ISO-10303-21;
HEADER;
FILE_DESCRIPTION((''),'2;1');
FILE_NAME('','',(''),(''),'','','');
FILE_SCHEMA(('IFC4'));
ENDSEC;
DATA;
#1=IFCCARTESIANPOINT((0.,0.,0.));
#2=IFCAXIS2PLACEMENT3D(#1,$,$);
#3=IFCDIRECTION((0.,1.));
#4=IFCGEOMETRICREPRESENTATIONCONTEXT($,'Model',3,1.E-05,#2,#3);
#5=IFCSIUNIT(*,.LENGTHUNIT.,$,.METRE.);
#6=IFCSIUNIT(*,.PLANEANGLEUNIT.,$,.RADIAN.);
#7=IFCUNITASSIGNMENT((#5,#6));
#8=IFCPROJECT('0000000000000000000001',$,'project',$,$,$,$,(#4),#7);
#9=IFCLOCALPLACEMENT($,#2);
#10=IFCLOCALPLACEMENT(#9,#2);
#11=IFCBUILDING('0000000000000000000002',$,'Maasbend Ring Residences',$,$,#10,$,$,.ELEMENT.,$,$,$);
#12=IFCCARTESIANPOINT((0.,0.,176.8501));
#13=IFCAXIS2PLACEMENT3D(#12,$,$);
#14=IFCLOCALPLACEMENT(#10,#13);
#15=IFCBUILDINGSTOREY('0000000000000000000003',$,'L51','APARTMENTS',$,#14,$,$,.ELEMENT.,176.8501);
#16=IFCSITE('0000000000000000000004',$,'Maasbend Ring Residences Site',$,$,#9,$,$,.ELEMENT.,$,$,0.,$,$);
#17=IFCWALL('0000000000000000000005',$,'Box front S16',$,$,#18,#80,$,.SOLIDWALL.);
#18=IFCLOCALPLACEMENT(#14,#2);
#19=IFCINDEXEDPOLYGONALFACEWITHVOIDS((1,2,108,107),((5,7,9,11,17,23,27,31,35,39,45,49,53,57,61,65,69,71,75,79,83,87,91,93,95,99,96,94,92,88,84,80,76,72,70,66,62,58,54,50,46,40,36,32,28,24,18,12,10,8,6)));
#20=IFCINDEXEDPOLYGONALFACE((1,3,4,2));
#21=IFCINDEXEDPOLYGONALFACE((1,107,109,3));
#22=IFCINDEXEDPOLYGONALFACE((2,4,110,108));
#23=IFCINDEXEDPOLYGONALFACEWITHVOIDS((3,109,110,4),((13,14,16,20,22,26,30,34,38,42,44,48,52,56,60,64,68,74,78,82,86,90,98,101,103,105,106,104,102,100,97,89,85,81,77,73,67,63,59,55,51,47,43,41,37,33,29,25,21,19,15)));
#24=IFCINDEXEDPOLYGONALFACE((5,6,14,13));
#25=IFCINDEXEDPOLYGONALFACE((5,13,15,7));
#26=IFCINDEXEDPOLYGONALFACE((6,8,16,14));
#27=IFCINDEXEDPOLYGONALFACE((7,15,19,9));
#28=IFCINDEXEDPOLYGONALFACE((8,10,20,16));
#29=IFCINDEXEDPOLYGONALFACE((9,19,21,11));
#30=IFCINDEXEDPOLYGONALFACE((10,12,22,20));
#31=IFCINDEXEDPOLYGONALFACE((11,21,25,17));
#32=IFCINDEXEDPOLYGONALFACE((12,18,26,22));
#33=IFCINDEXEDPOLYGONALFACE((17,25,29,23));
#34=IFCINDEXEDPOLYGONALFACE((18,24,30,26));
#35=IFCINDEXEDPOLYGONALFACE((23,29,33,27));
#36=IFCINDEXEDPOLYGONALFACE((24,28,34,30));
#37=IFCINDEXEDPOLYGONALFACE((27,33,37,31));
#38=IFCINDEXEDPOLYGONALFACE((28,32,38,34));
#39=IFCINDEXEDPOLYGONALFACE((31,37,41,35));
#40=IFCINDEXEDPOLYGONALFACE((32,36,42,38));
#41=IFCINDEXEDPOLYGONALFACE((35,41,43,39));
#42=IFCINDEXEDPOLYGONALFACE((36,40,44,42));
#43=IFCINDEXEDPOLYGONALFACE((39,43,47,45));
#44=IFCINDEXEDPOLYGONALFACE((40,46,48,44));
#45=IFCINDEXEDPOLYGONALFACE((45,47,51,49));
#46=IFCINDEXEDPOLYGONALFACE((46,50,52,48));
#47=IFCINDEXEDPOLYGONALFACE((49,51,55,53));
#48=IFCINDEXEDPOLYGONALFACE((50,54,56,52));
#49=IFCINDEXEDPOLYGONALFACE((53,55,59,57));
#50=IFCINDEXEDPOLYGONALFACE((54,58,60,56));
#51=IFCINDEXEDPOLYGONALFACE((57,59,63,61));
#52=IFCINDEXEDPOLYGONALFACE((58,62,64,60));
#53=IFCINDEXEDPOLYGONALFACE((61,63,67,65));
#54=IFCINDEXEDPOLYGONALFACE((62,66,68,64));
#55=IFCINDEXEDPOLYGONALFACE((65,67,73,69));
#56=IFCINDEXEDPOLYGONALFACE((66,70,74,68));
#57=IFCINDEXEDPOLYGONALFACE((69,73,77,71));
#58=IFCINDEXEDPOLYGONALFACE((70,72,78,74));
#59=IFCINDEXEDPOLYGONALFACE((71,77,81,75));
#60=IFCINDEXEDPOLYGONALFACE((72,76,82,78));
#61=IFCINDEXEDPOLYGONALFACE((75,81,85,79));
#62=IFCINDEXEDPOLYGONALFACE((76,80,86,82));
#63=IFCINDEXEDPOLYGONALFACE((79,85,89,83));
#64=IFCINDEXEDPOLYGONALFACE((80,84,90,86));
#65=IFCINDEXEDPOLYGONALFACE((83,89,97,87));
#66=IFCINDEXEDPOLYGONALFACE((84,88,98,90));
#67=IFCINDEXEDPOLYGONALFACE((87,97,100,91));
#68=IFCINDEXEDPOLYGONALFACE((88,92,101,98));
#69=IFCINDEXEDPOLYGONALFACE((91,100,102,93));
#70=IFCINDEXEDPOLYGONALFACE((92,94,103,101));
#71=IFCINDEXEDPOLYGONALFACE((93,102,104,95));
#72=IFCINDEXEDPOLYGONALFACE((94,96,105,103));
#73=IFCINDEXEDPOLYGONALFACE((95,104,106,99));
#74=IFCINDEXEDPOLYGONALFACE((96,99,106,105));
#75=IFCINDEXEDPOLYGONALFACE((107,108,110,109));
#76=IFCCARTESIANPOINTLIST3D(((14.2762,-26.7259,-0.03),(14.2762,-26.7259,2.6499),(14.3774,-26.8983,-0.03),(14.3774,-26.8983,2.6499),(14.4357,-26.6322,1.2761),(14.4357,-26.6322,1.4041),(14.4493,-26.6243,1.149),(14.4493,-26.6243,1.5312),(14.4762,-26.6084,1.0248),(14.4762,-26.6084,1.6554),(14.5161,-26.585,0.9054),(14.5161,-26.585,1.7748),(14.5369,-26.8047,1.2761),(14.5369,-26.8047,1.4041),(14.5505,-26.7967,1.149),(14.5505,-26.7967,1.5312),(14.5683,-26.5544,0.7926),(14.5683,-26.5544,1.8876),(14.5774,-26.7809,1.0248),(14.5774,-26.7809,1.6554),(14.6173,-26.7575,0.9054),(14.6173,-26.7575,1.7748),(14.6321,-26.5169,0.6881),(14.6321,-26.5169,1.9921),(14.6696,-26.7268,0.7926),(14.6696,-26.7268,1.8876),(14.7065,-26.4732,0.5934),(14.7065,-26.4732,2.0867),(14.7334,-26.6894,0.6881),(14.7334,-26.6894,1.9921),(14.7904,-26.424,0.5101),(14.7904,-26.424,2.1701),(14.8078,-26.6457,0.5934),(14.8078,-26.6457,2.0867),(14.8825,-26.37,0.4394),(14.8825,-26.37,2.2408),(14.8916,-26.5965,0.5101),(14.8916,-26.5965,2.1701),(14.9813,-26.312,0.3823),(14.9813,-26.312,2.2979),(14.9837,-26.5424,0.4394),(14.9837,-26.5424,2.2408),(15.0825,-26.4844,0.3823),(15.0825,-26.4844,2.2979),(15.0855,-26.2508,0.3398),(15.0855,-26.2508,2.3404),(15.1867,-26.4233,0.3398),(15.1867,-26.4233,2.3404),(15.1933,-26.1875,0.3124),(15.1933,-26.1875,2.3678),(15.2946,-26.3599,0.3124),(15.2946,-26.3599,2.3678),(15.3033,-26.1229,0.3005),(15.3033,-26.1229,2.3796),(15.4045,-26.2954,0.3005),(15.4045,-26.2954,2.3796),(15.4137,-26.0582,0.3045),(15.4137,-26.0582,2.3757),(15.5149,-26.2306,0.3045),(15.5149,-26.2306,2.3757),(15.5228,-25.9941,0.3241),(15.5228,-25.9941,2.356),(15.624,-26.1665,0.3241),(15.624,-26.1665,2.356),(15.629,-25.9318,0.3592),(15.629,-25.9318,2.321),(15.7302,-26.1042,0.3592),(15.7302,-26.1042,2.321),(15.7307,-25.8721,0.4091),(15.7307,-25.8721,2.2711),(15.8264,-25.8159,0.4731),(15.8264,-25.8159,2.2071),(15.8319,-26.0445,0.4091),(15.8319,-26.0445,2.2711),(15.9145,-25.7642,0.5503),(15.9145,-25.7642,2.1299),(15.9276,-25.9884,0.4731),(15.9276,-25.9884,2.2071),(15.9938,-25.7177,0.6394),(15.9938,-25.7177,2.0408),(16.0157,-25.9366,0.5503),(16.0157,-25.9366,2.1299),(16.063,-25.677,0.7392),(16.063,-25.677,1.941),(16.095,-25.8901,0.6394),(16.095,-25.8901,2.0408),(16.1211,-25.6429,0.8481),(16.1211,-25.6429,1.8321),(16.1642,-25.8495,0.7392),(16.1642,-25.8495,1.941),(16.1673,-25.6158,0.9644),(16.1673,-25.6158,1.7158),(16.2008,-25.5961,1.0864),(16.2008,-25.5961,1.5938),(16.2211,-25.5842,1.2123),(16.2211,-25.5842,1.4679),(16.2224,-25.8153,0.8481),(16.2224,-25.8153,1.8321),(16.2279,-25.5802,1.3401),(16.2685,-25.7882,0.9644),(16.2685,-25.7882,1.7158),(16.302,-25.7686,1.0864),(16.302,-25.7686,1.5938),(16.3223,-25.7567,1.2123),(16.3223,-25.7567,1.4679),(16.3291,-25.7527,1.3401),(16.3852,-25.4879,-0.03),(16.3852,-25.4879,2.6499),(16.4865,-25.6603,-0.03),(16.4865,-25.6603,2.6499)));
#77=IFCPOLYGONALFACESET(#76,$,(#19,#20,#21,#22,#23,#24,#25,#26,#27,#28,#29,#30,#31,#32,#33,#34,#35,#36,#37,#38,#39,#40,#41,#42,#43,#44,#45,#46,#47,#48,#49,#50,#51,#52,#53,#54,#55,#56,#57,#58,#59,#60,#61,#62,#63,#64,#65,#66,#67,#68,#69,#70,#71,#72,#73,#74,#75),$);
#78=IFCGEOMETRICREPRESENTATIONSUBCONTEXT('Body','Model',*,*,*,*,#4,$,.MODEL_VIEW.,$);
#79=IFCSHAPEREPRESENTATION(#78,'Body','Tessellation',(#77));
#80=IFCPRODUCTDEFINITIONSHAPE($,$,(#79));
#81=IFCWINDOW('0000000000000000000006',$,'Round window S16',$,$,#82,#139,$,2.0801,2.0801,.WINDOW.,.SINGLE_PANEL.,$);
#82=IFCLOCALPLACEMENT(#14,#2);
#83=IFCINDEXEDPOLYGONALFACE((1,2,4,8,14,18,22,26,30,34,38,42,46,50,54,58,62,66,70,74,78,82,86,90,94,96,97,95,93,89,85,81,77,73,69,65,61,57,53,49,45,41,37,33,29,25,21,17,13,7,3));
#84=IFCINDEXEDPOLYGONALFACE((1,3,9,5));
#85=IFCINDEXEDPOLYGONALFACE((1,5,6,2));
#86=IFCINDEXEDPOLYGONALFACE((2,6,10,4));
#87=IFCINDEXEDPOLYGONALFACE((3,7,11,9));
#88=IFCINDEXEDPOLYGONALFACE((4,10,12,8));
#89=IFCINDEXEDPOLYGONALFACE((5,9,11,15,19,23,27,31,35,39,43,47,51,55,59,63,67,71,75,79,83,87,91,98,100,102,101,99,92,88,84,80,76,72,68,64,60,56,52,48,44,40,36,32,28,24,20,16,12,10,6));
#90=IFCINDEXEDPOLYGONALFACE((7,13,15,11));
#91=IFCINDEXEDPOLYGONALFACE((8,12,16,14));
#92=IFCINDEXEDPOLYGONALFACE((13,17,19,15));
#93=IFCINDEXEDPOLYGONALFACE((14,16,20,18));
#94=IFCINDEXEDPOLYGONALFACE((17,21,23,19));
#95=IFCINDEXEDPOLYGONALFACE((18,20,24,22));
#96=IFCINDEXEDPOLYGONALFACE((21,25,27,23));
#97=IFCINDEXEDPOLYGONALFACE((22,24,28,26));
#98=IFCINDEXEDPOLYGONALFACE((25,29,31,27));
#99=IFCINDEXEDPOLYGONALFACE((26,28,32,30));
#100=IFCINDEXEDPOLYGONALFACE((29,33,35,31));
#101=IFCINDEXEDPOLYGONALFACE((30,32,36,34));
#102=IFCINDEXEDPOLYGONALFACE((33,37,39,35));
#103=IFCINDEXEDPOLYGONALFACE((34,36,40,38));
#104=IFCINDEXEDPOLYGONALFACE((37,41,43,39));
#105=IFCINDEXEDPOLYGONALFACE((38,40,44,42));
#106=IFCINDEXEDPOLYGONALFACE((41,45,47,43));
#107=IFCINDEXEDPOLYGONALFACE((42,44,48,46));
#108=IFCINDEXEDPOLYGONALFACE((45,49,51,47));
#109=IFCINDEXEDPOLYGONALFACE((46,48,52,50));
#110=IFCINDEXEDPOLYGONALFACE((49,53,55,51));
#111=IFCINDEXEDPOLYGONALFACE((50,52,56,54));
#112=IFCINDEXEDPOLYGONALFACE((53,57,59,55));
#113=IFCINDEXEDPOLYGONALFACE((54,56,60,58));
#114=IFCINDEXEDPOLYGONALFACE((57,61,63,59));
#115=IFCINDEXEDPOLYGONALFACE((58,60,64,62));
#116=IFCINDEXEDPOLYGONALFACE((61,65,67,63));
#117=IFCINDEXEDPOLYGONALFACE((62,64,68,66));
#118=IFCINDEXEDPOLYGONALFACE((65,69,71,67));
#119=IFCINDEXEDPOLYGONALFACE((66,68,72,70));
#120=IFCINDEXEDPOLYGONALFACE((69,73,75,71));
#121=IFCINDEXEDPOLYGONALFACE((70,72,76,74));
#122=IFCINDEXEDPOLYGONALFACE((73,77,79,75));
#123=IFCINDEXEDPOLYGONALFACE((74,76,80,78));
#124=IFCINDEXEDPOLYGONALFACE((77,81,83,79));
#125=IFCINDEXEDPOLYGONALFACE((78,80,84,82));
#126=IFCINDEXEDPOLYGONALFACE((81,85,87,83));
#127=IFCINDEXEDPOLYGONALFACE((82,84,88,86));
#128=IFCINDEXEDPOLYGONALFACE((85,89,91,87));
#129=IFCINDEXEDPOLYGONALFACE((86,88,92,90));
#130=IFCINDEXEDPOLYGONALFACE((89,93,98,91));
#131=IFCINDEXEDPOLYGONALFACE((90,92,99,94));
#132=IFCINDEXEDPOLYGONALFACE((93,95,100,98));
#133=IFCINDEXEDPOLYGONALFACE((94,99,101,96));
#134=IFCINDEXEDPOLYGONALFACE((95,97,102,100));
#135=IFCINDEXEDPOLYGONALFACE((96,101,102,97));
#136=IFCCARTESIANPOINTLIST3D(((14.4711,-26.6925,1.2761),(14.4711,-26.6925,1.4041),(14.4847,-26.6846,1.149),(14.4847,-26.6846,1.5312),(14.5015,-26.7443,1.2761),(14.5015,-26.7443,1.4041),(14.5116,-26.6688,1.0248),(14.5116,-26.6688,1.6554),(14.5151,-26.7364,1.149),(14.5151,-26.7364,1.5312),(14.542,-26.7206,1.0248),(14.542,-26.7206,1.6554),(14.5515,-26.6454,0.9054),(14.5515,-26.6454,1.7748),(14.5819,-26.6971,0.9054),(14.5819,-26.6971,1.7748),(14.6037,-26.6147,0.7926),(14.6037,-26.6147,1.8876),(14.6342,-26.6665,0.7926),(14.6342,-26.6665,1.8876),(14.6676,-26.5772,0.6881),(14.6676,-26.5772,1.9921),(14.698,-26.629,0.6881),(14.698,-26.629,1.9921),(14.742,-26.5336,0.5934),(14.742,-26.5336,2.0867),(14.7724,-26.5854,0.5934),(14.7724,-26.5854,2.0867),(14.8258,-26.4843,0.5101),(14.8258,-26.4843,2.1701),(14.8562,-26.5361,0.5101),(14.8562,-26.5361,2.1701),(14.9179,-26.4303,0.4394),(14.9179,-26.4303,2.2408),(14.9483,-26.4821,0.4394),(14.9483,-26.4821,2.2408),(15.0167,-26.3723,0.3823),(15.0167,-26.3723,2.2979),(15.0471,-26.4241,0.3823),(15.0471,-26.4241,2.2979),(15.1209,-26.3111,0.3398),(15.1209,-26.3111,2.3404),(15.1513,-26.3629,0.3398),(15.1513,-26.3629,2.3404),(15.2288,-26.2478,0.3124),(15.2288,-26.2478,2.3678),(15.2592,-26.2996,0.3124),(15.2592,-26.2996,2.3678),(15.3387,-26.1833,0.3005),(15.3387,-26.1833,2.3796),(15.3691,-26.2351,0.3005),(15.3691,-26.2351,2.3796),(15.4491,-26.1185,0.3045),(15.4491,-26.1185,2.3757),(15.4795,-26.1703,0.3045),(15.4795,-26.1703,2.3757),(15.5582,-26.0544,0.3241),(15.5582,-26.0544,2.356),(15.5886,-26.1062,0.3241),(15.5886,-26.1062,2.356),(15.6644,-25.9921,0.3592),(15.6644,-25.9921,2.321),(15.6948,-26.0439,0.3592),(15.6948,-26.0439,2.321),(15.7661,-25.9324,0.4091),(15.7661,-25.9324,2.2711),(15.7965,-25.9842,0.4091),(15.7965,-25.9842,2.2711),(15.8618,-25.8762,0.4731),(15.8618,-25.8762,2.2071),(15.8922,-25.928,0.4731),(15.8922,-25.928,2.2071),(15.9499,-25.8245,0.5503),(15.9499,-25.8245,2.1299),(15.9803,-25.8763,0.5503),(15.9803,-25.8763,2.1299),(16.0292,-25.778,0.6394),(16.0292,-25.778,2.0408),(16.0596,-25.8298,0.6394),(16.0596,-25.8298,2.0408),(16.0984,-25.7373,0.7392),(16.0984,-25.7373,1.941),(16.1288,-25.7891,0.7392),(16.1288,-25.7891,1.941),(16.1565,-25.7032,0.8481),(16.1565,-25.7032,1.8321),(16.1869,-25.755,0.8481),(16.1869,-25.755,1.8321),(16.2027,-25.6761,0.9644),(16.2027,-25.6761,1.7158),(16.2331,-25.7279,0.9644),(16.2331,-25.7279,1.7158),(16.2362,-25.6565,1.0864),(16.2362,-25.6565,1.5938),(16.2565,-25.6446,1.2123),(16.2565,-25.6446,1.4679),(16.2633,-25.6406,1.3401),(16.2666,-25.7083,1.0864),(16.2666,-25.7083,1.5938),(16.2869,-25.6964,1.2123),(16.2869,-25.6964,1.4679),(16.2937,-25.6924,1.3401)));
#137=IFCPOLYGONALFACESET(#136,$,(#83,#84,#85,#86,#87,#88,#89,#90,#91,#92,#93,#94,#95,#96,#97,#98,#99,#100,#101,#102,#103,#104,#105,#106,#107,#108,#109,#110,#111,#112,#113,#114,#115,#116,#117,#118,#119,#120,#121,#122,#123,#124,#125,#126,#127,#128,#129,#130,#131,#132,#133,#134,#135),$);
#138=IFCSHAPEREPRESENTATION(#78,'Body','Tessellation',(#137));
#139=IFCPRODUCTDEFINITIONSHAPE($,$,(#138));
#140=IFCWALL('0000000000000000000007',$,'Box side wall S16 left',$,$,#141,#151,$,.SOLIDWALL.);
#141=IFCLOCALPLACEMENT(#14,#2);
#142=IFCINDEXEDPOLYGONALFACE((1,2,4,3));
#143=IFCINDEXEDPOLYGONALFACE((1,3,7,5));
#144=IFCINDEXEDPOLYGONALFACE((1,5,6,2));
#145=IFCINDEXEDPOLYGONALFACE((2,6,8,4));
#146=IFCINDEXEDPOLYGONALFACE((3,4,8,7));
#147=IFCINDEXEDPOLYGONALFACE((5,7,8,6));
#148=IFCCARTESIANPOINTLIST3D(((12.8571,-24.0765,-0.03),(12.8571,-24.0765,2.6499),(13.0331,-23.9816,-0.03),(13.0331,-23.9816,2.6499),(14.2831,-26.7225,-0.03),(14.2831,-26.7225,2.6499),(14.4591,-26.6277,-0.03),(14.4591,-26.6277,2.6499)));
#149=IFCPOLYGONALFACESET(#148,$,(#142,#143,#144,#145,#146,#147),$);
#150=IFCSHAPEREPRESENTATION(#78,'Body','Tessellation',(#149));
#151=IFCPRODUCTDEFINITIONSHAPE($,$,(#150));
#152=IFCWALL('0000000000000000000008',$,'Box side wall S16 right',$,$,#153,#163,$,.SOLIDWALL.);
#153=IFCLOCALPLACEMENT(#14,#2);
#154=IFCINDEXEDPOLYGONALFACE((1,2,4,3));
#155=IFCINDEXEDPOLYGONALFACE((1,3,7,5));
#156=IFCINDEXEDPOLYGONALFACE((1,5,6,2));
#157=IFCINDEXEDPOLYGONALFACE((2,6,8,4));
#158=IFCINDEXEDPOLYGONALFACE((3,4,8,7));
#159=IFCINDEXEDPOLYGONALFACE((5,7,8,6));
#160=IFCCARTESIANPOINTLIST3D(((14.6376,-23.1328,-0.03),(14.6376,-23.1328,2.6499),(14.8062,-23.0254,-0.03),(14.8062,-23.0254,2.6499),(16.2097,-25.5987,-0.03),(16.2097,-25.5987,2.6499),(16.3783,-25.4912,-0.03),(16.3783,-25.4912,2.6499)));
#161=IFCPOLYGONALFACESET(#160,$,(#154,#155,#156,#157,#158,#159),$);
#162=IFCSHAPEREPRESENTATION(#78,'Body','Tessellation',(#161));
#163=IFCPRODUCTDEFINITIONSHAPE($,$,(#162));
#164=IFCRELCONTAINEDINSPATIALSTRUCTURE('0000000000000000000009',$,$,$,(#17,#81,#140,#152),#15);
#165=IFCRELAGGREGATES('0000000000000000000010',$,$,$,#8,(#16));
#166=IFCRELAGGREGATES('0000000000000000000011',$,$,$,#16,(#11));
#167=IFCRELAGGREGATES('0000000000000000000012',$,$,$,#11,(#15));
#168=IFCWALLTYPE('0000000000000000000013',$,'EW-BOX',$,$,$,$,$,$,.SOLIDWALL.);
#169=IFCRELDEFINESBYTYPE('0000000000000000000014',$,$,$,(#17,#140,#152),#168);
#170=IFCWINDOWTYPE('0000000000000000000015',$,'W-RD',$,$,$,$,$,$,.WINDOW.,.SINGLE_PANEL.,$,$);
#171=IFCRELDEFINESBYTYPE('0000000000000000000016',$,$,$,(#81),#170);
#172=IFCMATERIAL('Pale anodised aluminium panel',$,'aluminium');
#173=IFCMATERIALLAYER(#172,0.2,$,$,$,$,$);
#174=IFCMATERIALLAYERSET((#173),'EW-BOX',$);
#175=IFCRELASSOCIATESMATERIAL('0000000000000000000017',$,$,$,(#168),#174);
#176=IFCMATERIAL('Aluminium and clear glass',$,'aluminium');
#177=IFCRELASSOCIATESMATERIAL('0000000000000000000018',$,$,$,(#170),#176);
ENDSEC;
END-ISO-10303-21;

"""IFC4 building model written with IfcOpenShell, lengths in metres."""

from ifc_helpers import new_model, si_unit, direction, frame, frame_2d, origin, place, context, subcontext, project, spatial, rectangle, circle, extrude, material, layer, layer_set, type_object, element, fill, save


model = new_model("IFC4")

# Units and contexts
model_context = context("Model", 3, precision=1e-05, world=origin(), true_north=direction((0.0, 1.0)))
body_context = subcontext(model_context, "Body", "Model", "MODEL_VIEW")
ifc_project = project(units=[si_unit("LENGTHUNIT", "METRE"), si_unit("PLANEANGLEUNIT", "RADIAN")], contexts=[model_context])

# Site, building, storey
site_placement = place(None, origin())
site = spatial("IfcSite", under=ifc_project, at=site_placement, Name="Maasbend Ring Residences Site", CompositionType="ELEMENT", RefElevation=0.0)
building_placement = place(site_placement, origin())
building = spatial("IfcBuilding", under=site, at=building_placement, Name="Maasbend Ring Residences", CompositionType="ELEMENT")
storey_placement = place(building_placement, frame((0.0, 0.0, 176.8501)))
storey = spatial("IfcBuildingStorey", under=building, at=storey_placement, Name="L51", Description="APARTMENTS", CompositionType="ELEMENT", Elevation=176.8501)

# Wall, opening, window
ifc_material_1 = material(Name="Pale anodised aluminium panel", Category="aluminium")
ifc_layer_1 = layer(ifc_material_1, 0.2)
ifc_layer_set_1 = layer_set([ifc_layer_1], Name="EW-BOX")
wall_type_1 = type_object("IfcWallType", Name="EW-BOX", PredefinedType="SOLIDWALL", material=ifc_layer_set_1)
wall_1_placement = place(storey_placement, frame((14.3269, -26.812, -0.03), z_axis=(0.0, 0.0, 1.0), x_axis=(0.862403, 0.506222, 0.0)))
wall_1 = element("IfcWall", 1, at=wall_1_placement, inside=storey, type_object=wall_type_1, Name="Box front S16", PredefinedType="SOLIDWALL", context=body_context, shape_type="SweptSolid", body=[
    extrude(rectangle(XDim=2.4456, YDim=0.2, at=frame_2d((1.2227, 0.0))), origin(), (0.0, 0.0, 1.0), 2.6799),
])
opening_1_placement = place(wall_1_placement, frame((0.1829, 0.0, 0.3301)))
opening_1 = element("IfcOpeningElement", 2, at=opening_1_placement, cuts=wall_1, PredefinedType="OPENING", context=body_context, shape_type="SweptSolid", body=[
    extrude(circle(Radius=1.04, at=frame_2d((1.04, 1.04))), frame((0.0, 0.1099, 0.0), z_axis=(0.0, -1.0, 0.0), x_axis=(1.0, 0.0, 0.0)), (0.0, 0.0, 1.0), 0.22),
])
ifc_material_2 = material(Name="Aluminium and clear glass", Category="aluminium")
window_type_1 = type_object("IfcWindowType", Name="W-RD", PartitioningType="SINGLE_PANEL", PredefinedType="WINDOW", material=ifc_material_2)
window_1_placement = place(opening_1_placement, origin())
window_1 = element("IfcWindow", 3, at=window_1_placement, inside=storey, type_object=window_type_1, Name="Round window S16", OverallHeight=2.0801, OverallWidth=2.0801, PartitioningType="SINGLE_PANEL", PredefinedType="WINDOW", context=body_context, shape_type="SweptSolid", body=[
    extrude(circle(Radius=1.04, at=frame_2d((1.04, 1.04))), frame((0.0, 0.03, 0.0), z_axis=(0.0, -1.0, 0.0), x_axis=(1.0, 0.0, 0.0)), (0.0, 0.0, 1.0), 0.0601),
])
fill(opening_1, window_1)

# Walls
wall_2_placement = place(storey_placement, frame((12.9451, -24.0291, -0.03), z_axis=(0.0, 0.0, 1.0), x_axis=(0.474424, -0.880296, 0.0)))
element("IfcWall", 4, at=wall_2_placement, inside=storey, type_object=wall_type_1, Name="Box side wall S16 left", PredefinedType="SOLIDWALL", context=body_context, shape_type="SweptSolid", body=[
    extrude(rectangle(XDim=3.0059, YDim=0.2, at=frame_2d((1.5029, 0.0))), origin(), (0.0, 0.0, 1.0), 2.6799),
])
wall_3_placement = place(storey_placement, frame((14.7219, -23.0791, -0.03), z_axis=(0.0, 0.0, 1.0), x_axis=(0.537572, -0.843218, 0.0)))
element("IfcWall", 5, at=wall_3_placement, inside=storey, type_object=wall_type_1, Name="Box side wall S16 right", PredefinedType="SOLIDWALL", context=body_context, shape_type="SweptSolid", body=[
    extrude(rectangle(XDim=2.9243, YDim=0.2, at=frame_2d((1.4622, 0.0))), origin(), (0.0, 0.0, 1.0), 2.6799),
])

save(model, "model.ifc")
